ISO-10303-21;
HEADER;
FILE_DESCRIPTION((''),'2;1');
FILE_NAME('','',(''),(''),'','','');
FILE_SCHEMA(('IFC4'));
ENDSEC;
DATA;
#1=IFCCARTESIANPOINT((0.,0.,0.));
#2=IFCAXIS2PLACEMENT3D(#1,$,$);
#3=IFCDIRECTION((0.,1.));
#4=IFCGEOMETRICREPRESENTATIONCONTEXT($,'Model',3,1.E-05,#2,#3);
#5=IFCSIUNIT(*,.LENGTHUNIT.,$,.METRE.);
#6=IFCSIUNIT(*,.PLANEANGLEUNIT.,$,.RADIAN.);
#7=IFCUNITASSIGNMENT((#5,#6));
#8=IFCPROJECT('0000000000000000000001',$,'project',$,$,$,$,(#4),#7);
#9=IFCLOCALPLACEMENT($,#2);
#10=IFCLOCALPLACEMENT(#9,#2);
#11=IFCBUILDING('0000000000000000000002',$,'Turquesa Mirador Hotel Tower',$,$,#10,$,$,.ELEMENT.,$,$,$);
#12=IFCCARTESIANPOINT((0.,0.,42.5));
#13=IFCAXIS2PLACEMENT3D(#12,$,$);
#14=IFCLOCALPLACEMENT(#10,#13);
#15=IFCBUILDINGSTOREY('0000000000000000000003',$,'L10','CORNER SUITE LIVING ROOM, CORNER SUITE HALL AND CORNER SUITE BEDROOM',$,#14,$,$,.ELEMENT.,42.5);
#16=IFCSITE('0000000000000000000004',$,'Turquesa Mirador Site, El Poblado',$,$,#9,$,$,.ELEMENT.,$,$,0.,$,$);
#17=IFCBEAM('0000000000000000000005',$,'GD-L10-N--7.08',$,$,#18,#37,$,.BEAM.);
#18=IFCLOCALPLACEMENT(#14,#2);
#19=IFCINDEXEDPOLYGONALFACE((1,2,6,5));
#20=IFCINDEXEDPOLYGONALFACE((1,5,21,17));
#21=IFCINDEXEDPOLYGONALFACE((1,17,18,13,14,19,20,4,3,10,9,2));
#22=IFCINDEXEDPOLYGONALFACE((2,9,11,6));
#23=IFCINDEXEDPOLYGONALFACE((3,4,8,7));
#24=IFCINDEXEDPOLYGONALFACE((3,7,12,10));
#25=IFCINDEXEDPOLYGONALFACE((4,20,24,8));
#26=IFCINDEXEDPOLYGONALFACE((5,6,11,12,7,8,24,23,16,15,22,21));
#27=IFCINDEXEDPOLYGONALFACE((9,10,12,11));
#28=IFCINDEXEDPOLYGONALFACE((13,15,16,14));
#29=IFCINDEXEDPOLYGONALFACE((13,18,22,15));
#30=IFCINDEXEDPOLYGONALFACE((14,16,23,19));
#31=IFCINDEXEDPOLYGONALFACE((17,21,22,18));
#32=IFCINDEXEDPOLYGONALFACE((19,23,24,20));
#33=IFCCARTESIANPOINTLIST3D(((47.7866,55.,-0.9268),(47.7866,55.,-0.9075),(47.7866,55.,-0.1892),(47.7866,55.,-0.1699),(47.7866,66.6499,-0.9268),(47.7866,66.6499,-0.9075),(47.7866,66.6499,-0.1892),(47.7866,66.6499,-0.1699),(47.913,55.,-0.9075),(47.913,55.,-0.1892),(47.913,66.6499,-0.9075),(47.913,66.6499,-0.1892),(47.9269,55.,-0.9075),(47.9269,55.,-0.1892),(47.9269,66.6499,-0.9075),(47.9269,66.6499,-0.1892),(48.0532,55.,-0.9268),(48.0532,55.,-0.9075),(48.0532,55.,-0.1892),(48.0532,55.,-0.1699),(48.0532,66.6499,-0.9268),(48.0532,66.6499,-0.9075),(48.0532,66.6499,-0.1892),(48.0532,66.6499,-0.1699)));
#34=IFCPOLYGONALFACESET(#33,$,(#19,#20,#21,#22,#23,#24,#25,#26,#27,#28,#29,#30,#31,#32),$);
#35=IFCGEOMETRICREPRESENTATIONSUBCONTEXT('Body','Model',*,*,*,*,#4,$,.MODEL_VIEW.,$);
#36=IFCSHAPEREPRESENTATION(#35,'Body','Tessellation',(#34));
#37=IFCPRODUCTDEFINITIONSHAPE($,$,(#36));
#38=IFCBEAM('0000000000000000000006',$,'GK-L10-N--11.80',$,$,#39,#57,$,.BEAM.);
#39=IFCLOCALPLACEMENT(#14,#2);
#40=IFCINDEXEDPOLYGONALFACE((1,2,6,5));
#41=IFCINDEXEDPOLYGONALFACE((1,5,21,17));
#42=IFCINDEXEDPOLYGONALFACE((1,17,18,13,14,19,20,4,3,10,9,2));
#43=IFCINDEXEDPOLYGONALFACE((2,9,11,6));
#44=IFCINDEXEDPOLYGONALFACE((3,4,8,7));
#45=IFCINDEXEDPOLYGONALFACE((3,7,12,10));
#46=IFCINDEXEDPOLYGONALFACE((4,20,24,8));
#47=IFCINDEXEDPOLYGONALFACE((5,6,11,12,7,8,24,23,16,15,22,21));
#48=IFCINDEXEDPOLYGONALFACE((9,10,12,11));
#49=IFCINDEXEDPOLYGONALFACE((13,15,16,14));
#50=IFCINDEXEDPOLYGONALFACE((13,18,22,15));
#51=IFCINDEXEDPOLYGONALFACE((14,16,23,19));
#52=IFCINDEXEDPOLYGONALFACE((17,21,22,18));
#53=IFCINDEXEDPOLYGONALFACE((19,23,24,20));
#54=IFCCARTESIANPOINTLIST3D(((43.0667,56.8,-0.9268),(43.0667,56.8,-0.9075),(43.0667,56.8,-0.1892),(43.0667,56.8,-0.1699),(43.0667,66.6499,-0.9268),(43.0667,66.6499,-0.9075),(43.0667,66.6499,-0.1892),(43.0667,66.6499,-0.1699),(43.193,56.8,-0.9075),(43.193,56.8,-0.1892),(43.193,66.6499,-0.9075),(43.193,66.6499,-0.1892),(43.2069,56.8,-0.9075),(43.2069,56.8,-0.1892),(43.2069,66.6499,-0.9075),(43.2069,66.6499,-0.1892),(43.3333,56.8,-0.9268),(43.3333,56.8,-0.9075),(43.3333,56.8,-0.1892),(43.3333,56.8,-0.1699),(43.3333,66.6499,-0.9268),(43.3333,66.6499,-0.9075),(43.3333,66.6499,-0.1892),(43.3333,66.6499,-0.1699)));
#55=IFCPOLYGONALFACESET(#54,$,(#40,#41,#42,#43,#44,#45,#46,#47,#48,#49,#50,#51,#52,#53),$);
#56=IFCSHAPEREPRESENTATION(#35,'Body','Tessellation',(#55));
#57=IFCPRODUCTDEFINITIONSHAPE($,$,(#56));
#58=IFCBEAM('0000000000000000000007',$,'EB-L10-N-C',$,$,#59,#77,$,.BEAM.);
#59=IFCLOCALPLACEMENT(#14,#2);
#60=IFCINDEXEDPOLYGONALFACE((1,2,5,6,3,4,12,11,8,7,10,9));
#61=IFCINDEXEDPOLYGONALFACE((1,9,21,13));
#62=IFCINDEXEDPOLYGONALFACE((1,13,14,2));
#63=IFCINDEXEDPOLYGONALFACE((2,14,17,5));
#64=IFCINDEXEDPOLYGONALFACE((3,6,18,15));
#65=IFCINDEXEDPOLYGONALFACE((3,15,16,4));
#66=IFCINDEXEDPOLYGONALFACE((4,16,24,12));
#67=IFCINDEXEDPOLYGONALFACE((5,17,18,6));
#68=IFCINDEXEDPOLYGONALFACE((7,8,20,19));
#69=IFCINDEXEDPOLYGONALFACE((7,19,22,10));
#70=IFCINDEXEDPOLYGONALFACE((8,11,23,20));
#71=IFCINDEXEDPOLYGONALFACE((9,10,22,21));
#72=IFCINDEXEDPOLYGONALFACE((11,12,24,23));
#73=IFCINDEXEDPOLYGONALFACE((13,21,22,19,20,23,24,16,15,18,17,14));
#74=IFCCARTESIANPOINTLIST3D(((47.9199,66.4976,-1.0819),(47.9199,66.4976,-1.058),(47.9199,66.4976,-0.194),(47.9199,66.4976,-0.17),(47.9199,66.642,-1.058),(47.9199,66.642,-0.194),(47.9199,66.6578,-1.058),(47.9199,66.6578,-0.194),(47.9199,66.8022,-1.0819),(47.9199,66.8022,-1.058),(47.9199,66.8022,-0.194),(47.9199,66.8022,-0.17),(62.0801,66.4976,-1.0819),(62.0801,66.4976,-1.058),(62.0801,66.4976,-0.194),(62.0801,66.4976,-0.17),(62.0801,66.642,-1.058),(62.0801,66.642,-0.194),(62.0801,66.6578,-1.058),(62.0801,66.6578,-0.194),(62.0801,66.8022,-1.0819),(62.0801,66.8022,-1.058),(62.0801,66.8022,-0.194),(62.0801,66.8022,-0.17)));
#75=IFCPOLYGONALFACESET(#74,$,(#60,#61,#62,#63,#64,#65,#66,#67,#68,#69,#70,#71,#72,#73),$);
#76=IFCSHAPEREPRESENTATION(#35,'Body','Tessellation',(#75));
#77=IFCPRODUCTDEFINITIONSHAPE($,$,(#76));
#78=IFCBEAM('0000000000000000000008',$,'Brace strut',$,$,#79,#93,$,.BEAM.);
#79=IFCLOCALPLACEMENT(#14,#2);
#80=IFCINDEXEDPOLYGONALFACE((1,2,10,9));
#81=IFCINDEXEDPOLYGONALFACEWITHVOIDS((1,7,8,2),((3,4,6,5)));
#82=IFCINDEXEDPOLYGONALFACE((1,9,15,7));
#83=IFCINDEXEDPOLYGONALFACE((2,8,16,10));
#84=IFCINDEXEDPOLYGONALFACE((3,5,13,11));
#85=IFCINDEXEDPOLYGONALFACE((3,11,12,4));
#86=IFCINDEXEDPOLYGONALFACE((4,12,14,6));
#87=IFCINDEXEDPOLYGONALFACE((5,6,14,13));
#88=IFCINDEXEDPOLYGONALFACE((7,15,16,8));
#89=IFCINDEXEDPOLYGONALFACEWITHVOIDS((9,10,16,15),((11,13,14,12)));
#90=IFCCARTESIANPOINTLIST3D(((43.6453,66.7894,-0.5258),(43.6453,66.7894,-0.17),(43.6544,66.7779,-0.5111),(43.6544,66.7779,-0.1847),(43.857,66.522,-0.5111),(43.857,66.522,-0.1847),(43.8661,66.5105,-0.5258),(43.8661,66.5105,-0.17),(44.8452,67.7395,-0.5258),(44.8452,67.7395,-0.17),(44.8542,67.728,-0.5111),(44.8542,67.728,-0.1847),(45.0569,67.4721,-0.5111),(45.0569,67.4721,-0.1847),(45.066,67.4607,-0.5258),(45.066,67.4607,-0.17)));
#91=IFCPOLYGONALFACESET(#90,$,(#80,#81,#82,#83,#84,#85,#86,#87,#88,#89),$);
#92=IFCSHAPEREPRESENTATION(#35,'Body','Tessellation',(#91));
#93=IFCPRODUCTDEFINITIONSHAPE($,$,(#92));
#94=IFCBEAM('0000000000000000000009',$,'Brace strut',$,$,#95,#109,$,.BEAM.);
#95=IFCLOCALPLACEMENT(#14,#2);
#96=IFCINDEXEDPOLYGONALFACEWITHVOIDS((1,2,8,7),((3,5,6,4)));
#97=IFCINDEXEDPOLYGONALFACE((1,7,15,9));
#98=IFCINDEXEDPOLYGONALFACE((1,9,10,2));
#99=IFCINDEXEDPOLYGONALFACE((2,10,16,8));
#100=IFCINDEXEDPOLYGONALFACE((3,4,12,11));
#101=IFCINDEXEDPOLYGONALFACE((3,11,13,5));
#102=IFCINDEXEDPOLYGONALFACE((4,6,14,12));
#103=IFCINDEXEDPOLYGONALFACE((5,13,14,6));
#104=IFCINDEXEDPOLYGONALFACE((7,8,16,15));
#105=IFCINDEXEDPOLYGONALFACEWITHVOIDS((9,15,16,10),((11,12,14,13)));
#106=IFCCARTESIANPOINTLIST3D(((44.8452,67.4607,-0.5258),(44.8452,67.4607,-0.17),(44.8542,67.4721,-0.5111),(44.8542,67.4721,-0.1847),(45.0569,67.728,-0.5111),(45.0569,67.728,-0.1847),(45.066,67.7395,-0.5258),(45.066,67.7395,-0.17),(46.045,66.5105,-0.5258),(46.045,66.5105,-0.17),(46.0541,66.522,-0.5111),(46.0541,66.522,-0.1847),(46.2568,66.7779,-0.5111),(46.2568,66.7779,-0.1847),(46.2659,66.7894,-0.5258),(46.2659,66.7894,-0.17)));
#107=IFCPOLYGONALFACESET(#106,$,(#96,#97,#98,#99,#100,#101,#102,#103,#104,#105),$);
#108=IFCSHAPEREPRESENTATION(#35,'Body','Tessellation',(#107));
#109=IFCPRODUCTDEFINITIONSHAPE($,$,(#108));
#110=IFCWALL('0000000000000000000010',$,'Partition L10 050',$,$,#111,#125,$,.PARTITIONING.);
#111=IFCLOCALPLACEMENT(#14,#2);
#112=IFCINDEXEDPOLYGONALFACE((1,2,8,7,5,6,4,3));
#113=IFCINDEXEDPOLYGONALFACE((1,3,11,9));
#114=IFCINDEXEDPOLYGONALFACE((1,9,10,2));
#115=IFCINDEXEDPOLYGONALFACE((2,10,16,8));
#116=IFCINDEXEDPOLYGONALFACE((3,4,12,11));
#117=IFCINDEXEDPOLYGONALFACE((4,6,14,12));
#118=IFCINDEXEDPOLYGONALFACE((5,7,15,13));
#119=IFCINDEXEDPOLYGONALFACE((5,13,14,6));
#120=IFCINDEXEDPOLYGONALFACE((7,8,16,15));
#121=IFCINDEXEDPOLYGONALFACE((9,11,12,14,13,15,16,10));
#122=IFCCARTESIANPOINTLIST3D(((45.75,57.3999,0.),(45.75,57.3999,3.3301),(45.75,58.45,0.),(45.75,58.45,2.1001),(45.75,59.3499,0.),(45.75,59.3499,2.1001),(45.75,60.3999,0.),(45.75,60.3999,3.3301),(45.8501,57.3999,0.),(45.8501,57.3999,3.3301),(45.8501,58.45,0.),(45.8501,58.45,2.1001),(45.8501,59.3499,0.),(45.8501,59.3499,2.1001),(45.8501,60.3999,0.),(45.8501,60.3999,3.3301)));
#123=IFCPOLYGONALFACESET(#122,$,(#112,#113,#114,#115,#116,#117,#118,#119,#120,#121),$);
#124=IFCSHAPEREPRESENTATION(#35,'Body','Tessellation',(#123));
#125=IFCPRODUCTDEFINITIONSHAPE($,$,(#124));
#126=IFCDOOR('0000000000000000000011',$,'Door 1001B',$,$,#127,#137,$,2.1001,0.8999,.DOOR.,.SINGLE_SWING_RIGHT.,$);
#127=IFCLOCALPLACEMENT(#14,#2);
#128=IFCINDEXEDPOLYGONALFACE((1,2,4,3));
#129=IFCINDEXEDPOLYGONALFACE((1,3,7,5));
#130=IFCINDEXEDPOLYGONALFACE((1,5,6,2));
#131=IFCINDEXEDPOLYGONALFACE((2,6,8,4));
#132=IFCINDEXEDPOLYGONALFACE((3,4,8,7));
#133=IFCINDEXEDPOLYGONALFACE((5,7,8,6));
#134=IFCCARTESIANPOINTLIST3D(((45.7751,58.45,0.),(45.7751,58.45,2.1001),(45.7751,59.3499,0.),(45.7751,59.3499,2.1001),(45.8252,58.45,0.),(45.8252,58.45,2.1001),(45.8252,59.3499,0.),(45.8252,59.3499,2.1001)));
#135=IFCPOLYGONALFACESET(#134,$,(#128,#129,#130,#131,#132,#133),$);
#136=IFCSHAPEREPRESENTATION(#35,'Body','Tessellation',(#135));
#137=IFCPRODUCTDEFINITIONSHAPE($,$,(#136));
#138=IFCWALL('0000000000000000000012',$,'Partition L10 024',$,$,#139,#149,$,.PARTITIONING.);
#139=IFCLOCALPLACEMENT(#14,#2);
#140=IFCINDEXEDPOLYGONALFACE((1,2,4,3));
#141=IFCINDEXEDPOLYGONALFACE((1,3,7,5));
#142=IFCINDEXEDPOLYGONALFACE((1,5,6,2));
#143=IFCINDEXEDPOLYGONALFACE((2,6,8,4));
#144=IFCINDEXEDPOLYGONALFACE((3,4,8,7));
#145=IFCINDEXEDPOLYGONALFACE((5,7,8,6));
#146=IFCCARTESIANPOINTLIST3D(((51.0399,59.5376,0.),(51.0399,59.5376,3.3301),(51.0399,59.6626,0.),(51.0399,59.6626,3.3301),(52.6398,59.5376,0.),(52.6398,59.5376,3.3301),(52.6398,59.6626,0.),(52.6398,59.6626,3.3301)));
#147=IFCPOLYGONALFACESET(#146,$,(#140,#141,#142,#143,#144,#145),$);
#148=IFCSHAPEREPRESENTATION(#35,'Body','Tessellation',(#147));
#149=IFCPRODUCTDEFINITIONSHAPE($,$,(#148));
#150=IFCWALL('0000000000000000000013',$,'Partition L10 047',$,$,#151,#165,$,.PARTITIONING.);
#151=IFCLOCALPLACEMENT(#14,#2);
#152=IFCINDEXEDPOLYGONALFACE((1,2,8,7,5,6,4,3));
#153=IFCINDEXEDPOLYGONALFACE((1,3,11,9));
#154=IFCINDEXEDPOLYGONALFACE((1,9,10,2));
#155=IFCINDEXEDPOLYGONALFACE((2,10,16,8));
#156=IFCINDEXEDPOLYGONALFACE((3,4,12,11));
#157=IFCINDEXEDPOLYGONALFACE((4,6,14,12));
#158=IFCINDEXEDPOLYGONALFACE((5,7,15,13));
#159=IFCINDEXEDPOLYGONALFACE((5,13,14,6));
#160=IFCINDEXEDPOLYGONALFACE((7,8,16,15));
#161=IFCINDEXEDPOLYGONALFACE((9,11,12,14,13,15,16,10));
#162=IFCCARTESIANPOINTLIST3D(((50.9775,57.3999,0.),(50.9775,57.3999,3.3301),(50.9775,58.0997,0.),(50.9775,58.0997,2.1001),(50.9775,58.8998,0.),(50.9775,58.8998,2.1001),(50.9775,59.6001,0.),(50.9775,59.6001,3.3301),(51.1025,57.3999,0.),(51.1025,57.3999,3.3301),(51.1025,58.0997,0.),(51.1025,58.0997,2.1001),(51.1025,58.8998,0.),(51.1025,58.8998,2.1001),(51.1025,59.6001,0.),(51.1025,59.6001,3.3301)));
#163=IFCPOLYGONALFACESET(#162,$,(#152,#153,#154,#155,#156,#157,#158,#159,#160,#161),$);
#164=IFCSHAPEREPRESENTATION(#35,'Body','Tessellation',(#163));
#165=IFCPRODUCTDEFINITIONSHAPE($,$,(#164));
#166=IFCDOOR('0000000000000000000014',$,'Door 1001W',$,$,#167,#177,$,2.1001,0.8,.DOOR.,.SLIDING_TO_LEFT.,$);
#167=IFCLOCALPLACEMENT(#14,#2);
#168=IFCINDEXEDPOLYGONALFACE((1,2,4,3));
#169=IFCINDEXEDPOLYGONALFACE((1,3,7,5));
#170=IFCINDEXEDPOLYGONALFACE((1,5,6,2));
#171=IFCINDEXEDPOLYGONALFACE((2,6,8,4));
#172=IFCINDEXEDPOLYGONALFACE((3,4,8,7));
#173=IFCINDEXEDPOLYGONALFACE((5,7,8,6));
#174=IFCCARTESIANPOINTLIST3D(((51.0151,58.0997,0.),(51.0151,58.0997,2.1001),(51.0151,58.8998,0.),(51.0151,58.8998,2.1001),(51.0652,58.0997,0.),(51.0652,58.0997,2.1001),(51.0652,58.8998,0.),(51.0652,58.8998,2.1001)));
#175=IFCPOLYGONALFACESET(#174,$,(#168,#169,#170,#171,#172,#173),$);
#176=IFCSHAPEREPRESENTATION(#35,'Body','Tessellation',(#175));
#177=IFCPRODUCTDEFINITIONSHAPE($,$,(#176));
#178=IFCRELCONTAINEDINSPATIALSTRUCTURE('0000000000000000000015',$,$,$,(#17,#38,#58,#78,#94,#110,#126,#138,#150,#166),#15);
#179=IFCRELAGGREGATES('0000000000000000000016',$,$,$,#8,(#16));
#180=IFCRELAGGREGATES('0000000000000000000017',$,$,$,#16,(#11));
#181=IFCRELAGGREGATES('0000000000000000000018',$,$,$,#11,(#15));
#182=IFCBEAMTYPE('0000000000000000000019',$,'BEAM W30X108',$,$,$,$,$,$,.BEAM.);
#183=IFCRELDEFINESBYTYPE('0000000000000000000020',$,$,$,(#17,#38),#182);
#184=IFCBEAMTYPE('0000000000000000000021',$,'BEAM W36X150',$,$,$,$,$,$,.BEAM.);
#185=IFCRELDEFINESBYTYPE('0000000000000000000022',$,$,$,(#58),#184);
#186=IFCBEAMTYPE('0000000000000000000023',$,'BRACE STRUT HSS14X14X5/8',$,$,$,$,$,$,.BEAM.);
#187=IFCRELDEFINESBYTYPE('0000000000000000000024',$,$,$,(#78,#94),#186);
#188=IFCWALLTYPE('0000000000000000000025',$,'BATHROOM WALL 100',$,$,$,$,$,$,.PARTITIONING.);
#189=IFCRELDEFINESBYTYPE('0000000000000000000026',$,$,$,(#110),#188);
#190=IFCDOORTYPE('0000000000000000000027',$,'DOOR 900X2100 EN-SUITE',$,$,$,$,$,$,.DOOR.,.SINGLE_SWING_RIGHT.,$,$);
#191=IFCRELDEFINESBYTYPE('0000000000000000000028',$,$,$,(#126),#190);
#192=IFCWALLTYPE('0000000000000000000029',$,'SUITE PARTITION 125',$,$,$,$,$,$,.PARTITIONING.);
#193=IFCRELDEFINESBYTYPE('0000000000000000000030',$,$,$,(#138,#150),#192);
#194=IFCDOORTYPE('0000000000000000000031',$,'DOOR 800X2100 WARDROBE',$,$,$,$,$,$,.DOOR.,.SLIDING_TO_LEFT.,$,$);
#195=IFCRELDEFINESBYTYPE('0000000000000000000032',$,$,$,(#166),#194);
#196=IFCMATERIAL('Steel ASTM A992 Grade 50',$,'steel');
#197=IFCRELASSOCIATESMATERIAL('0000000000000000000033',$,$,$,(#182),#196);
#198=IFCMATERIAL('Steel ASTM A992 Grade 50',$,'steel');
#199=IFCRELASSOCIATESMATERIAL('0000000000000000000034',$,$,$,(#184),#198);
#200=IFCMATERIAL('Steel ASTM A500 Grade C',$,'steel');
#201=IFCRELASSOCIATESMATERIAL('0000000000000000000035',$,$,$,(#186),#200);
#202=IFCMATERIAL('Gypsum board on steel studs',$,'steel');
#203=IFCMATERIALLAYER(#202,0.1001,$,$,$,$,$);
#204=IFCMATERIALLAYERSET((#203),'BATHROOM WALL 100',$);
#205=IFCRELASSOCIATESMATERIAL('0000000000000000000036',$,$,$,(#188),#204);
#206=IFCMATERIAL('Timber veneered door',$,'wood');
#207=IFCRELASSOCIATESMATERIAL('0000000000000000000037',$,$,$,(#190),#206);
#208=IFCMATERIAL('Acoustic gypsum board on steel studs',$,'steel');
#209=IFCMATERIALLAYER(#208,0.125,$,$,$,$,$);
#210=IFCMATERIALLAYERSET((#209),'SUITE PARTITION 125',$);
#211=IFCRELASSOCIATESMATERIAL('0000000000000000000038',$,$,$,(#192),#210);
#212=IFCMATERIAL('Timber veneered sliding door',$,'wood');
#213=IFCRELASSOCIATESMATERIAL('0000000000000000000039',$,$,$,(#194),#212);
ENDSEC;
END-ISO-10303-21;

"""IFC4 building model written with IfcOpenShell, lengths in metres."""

from ifc_helpers import new_model, si_unit, direction, frame, frame_2d, origin, origin_2d, place, context, subcontext, project, spatial, rectangle, hollow_rectangle, i_section, extrude, material, layer, layer_set, material_profile, profile_set, type_object, element, fill, save


model = new_model("IFC4")

# Units and contexts
model_context = context("Model", 3, precision=1e-05, world=origin(), true_north=direction((0.0, 1.0)))
body_context = subcontext(model_context, "Body", "Model", "MODEL_VIEW")
ifc_project = project(units=[si_unit("LENGTHUNIT", "METRE"), si_unit("PLANEANGLEUNIT", "RADIAN")], contexts=[model_context])

# Site, building, storey
site_placement = place(None, origin())
site = spatial("IfcSite", under=ifc_project, at=site_placement, Name="Turquesa Mirador Site, El Poblado", CompositionType="ELEMENT", RefElevation=0.0)
building_placement = place(site_placement, origin())
building = spatial("IfcBuilding", under=site, at=building_placement, Name="Turquesa Mirador Hotel Tower", CompositionType="ELEMENT")
storey_placement = place(building_placement, frame((0.0, 0.0, 42.5)))
storey = spatial("IfcBuildingStorey", under=building, at=storey_placement, Name="L10", Description="CORNER SUITE LIVING ROOM, CORNER SUITE HALL AND CORNER SUITE BEDROOM", CompositionType="ELEMENT", Elevation=42.5)

# Beams
ifc_material_1 = material(Name="Steel ASTM A992 Grade 50", Category="steel")
ifc_material_profile_1 = material_profile(ifc_material_1, i_section(OverallWidth=0.2666, OverallDepth=0.7568, WebThickness=0.0139, FlangeThickness=0.0193, at=origin_2d()), Name="W30X108")
ifc_profile_set_1 = profile_set([ifc_material_profile_1], Name="Steel ASTM A992 Grade 50")
beam_type_1 = type_object("IfcBeamType", Name="BEAM W30X108", PredefinedType="BEAM", material=ifc_profile_set_1)
beam_1_placement = place(storey_placement, frame((47.9199, 66.6499, -0.5483), z_axis=(0.0, -1.0, 0.0), x_axis=(1.0, 0.0, 0.0)))
element("IfcBeam", 1, at=beam_1_placement, inside=storey, type_object=beam_type_1, Name="GD-L10-N--7.08", PredefinedType="BEAM", context=body_context, shape_type="SweptSolid", body=[
    extrude(i_section(OverallWidth=0.2666, OverallDepth=0.7568, WebThickness=0.0139, FlangeThickness=0.0193, at=origin_2d()), origin(), (0.0, 0.0, 1.0), 11.6499),
])
beam_2_placement = place(storey_placement, frame((43.2, 66.6499, -0.5483), z_axis=(0.0, -1.0, 0.0), x_axis=(1.0, 0.0, 0.0)))
element("IfcBeam", 2, at=beam_2_placement, inside=storey, type_object=beam_type_1, Name="GK-L10-N--11.80", PredefinedType="BEAM", context=body_context, shape_type="SweptSolid", body=[
    extrude(i_section(OverallWidth=0.2666, OverallDepth=0.7568, WebThickness=0.0139, FlangeThickness=0.0193, at=origin_2d()), origin(), (0.0, 0.0, 1.0), 9.8499),
])
ifc_material_2 = material(Name="Steel ASTM A992 Grade 50", Category="steel")
ifc_material_profile_2 = material_profile(ifc_material_2, i_section(OverallWidth=0.3047, OverallDepth=0.9119, WebThickness=0.0159, FlangeThickness=0.0239, at=origin_2d()), Name="W36X150")
ifc_profile_set_2 = profile_set([ifc_material_profile_2], Name="Steel ASTM A992 Grade 50")
beam_type_2 = type_object("IfcBeamType", Name="BEAM W36X150", PredefinedType="BEAM", material=ifc_profile_set_2)
beam_3_placement = place(storey_placement, frame((47.9199, 66.6499, -0.626), z_axis=(1.0, 0.0, 0.0), x_axis=(0.0, 1.0, 0.0)))
element("IfcBeam", 3, at=beam_3_placement, inside=storey, type_object=beam_type_2, Name="EB-L10-N-C", PredefinedType="BEAM", context=body_context, shape_type="SweptSolid", body=[
    extrude(i_section(OverallWidth=0.3047, OverallDepth=0.9119, WebThickness=0.0159, FlangeThickness=0.0239, at=origin_2d()), origin(), (0.0, 0.0, 1.0), 14.1602),
])
ifc_material_3 = material(Name="Steel ASTM A500 Grade C", Category="steel")
ifc_material_profile_3 = material_profile(ifc_material_3, hollow_rectangle(XDim=0.3557, YDim=0.3557, WallThickness=0.0146, at=origin_2d()), Name="HSS14X14X5/8")
ifc_profile_set_3 = profile_set([ifc_material_profile_3], Name="Steel ASTM A500 Grade C")
beam_type_3 = type_object("IfcBeamType", Name="BRACE STRUT HSS14X14X5/8", PredefinedType="BEAM", material=ifc_profile_set_3)
for number, where, z_axis, x_axis, name in (
    (4, (44.9556, 67.6001, -0.3479), (-0.783971, -0.620797, 0.0), (0.620797, -0.783971, 0.0), "Brace strut"),
    (5, (44.9556, 67.6001, -0.3479), (0.783971, -0.620797, 0.0), (0.620797, 0.783971, 0.0), "Brace strut"),
):
    element("IfcBeam", number, at=place(storey_placement, frame(where, z_axis=z_axis, x_axis=x_axis)), inside=storey, type_object=beam_type_3, Name=name, PredefinedType="BEAM", context=body_context, shape_type="SweptSolid", body=[
        extrude(hollow_rectangle(XDim=0.3557, YDim=0.3557, WallThickness=0.0146, at=origin_2d()), origin(), (0.0, 0.0, 1.0), 1.5305),
    ])

# Wall, opening, door
ifc_material_4 = material(Name="Gypsum board on steel studs", Category="steel")
ifc_layer_1 = layer(ifc_material_4, 0.1001)
ifc_layer_set_1 = layer_set([ifc_layer_1], Name="BATHROOM WALL 100")
wall_type_1 = type_object("IfcWallType", Name="BATHROOM WALL 100", PredefinedType="PARTITIONING", material=ifc_layer_set_1)
wall_1_placement = place(storey_placement, frame((45.8, 57.3999, 0.0), z_axis=(0.0, 0.0, 1.0), x_axis=(0.0, 1.0, 0.0)))
wall_1 = element("IfcWall", 6, at=wall_1_placement, inside=storey, type_object=wall_type_1, Name="Partition L10 050", PredefinedType="PARTITIONING", context=body_context, shape_type="SweptSolid", body=[
    extrude(rectangle(XDim=3.0, YDim=0.1001, at=frame_2d((1.5, 0.0))), origin(), (0.0, 0.0, 1.0), 3.3301),
])
opening_1_placement = place(wall_1_placement, frame((1.05, 0.0, 0.0)))
opening_1 = element("IfcOpeningElement", 7, at=opening_1_placement, cuts=wall_1, PredefinedType="OPENING", context=body_context, shape_type="SweptSolid", body=[
    extrude(rectangle(XDim=0.8999, YDim=2.1001, at=frame_2d((0.45, 1.05))), frame((0.0, 0.0601, 0.0), z_axis=(0.0, -1.0, 0.0), x_axis=(1.0, 0.0, 0.0)), (0.0, 0.0, 1.0), 0.1201),
])
ifc_material_5 = material(Name="Timber veneered door", Category="wood")
door_type_1 = type_object("IfcDoorType", Name="DOOR 900X2100 EN-SUITE", OperationType="SINGLE_SWING_RIGHT", PredefinedType="DOOR", material=ifc_material_5)
door_1_placement = place(opening_1_placement, origin())
door_1 = element("IfcDoor", 8, at=door_1_placement, inside=storey, type_object=door_type_1, Name="Door 1001B", OperationType="SINGLE_SWING_RIGHT", OverallHeight=2.1001, OverallWidth=0.8999, PredefinedType="DOOR", context=body_context, shape_type="SweptSolid", body=[
    extrude(rectangle(XDim=0.8999, YDim=2.1001, at=frame_2d((0.45, 1.05))), frame((0.0, 0.0249, 0.0), z_axis=(0.0, -1.0, 0.0), x_axis=(1.0, 0.0, 0.0)), (0.0, 0.0, 1.0), 0.05),
])
fill(opening_1, door_1)

# Wall
ifc_material_6 = material(Name="Acoustic gypsum board on steel studs", Category="steel")
ifc_layer_2 = layer(ifc_material_6, 0.125)
ifc_layer_set_2 = layer_set([ifc_layer_2], Name="SUITE PARTITION 125")
wall_type_2 = type_object("IfcWallType", Name="SUITE PARTITION 125", PredefinedType="PARTITIONING", material=ifc_layer_set_2)
wall_2_placement = place(storey_placement, frame((51.04, 59.6001, 0.0), z_axis=(0.0, 0.0, 1.0), x_axis=(1.0, 0.0, 0.0)))
element("IfcWall", 9, at=wall_2_placement, inside=storey, type_object=wall_type_2, Name="Partition L10 024", PredefinedType="PARTITIONING", context=body_context, shape_type="SweptSolid", body=[
    extrude(rectangle(XDim=1.5999, YDim=0.125, at=frame_2d((0.7998, 0.0))), origin(), (0.0, 0.0, 1.0), 3.3301),
])

# Wall, opening, door
wall_3_placement = place(storey_placement, frame((51.04, 57.3999, 0.0), z_axis=(0.0, 0.0, 1.0), x_axis=(0.0, 1.0, 0.0)))
wall_3 = element("IfcWall", 10, at=wall_3_placement, inside=storey, type_object=wall_type_2, Name="Partition L10 047", PredefinedType="PARTITIONING", context=body_context, shape_type="SweptSolid", body=[
    extrude(rectangle(XDim=2.2002, YDim=0.125, at=frame_2d((1.1001, 0.0))), origin(), (0.0, 0.0, 1.0), 3.3301),
])
opening_2_placement = place(wall_3_placement, frame((0.7, 0.0, 0.0)))
opening_2 = element("IfcOpeningElement", 11, at=opening_2_placement, cuts=wall_3, PredefinedType="OPENING", context=body_context, shape_type="SweptSolid", body=[
    extrude(rectangle(XDim=0.8, YDim=2.1001, at=frame_2d((0.3999, 1.05))), frame((0.0, 0.0725, 0.0), z_axis=(0.0, -1.0, 0.0), x_axis=(1.0, 0.0, 0.0)), (0.0, 0.0, 1.0), 0.145),
])
ifc_material_7 = material(Name="Timber veneered sliding door", Category="wood")
door_type_2 = type_object("IfcDoorType", Name="DOOR 800X2100 WARDROBE", OperationType="SLIDING_TO_LEFT", PredefinedType="DOOR", material=ifc_material_7)
door_2_placement = place(opening_2_placement, origin())
door_2 = element("IfcDoor", 12, at=door_2_placement, inside=storey, type_object=door_type_2, Name="Door 1001W", OperationType="SLIDING_TO_LEFT", OverallHeight=2.1001, OverallWidth=0.8, PredefinedType="DOOR", context=body_context, shape_type="SweptSolid", body=[
    extrude(rectangle(XDim=0.8, YDim=2.1001, at=frame_2d((0.3999, 1.05))), frame((0.0, 0.0249, 0.0), z_axis=(0.0, -1.0, 0.0), x_axis=(1.0, 0.0, 0.0)), (0.0, 0.0, 1.0), 0.05),
])
fill(opening_2, door_2)

save(model, "model.ifc")
